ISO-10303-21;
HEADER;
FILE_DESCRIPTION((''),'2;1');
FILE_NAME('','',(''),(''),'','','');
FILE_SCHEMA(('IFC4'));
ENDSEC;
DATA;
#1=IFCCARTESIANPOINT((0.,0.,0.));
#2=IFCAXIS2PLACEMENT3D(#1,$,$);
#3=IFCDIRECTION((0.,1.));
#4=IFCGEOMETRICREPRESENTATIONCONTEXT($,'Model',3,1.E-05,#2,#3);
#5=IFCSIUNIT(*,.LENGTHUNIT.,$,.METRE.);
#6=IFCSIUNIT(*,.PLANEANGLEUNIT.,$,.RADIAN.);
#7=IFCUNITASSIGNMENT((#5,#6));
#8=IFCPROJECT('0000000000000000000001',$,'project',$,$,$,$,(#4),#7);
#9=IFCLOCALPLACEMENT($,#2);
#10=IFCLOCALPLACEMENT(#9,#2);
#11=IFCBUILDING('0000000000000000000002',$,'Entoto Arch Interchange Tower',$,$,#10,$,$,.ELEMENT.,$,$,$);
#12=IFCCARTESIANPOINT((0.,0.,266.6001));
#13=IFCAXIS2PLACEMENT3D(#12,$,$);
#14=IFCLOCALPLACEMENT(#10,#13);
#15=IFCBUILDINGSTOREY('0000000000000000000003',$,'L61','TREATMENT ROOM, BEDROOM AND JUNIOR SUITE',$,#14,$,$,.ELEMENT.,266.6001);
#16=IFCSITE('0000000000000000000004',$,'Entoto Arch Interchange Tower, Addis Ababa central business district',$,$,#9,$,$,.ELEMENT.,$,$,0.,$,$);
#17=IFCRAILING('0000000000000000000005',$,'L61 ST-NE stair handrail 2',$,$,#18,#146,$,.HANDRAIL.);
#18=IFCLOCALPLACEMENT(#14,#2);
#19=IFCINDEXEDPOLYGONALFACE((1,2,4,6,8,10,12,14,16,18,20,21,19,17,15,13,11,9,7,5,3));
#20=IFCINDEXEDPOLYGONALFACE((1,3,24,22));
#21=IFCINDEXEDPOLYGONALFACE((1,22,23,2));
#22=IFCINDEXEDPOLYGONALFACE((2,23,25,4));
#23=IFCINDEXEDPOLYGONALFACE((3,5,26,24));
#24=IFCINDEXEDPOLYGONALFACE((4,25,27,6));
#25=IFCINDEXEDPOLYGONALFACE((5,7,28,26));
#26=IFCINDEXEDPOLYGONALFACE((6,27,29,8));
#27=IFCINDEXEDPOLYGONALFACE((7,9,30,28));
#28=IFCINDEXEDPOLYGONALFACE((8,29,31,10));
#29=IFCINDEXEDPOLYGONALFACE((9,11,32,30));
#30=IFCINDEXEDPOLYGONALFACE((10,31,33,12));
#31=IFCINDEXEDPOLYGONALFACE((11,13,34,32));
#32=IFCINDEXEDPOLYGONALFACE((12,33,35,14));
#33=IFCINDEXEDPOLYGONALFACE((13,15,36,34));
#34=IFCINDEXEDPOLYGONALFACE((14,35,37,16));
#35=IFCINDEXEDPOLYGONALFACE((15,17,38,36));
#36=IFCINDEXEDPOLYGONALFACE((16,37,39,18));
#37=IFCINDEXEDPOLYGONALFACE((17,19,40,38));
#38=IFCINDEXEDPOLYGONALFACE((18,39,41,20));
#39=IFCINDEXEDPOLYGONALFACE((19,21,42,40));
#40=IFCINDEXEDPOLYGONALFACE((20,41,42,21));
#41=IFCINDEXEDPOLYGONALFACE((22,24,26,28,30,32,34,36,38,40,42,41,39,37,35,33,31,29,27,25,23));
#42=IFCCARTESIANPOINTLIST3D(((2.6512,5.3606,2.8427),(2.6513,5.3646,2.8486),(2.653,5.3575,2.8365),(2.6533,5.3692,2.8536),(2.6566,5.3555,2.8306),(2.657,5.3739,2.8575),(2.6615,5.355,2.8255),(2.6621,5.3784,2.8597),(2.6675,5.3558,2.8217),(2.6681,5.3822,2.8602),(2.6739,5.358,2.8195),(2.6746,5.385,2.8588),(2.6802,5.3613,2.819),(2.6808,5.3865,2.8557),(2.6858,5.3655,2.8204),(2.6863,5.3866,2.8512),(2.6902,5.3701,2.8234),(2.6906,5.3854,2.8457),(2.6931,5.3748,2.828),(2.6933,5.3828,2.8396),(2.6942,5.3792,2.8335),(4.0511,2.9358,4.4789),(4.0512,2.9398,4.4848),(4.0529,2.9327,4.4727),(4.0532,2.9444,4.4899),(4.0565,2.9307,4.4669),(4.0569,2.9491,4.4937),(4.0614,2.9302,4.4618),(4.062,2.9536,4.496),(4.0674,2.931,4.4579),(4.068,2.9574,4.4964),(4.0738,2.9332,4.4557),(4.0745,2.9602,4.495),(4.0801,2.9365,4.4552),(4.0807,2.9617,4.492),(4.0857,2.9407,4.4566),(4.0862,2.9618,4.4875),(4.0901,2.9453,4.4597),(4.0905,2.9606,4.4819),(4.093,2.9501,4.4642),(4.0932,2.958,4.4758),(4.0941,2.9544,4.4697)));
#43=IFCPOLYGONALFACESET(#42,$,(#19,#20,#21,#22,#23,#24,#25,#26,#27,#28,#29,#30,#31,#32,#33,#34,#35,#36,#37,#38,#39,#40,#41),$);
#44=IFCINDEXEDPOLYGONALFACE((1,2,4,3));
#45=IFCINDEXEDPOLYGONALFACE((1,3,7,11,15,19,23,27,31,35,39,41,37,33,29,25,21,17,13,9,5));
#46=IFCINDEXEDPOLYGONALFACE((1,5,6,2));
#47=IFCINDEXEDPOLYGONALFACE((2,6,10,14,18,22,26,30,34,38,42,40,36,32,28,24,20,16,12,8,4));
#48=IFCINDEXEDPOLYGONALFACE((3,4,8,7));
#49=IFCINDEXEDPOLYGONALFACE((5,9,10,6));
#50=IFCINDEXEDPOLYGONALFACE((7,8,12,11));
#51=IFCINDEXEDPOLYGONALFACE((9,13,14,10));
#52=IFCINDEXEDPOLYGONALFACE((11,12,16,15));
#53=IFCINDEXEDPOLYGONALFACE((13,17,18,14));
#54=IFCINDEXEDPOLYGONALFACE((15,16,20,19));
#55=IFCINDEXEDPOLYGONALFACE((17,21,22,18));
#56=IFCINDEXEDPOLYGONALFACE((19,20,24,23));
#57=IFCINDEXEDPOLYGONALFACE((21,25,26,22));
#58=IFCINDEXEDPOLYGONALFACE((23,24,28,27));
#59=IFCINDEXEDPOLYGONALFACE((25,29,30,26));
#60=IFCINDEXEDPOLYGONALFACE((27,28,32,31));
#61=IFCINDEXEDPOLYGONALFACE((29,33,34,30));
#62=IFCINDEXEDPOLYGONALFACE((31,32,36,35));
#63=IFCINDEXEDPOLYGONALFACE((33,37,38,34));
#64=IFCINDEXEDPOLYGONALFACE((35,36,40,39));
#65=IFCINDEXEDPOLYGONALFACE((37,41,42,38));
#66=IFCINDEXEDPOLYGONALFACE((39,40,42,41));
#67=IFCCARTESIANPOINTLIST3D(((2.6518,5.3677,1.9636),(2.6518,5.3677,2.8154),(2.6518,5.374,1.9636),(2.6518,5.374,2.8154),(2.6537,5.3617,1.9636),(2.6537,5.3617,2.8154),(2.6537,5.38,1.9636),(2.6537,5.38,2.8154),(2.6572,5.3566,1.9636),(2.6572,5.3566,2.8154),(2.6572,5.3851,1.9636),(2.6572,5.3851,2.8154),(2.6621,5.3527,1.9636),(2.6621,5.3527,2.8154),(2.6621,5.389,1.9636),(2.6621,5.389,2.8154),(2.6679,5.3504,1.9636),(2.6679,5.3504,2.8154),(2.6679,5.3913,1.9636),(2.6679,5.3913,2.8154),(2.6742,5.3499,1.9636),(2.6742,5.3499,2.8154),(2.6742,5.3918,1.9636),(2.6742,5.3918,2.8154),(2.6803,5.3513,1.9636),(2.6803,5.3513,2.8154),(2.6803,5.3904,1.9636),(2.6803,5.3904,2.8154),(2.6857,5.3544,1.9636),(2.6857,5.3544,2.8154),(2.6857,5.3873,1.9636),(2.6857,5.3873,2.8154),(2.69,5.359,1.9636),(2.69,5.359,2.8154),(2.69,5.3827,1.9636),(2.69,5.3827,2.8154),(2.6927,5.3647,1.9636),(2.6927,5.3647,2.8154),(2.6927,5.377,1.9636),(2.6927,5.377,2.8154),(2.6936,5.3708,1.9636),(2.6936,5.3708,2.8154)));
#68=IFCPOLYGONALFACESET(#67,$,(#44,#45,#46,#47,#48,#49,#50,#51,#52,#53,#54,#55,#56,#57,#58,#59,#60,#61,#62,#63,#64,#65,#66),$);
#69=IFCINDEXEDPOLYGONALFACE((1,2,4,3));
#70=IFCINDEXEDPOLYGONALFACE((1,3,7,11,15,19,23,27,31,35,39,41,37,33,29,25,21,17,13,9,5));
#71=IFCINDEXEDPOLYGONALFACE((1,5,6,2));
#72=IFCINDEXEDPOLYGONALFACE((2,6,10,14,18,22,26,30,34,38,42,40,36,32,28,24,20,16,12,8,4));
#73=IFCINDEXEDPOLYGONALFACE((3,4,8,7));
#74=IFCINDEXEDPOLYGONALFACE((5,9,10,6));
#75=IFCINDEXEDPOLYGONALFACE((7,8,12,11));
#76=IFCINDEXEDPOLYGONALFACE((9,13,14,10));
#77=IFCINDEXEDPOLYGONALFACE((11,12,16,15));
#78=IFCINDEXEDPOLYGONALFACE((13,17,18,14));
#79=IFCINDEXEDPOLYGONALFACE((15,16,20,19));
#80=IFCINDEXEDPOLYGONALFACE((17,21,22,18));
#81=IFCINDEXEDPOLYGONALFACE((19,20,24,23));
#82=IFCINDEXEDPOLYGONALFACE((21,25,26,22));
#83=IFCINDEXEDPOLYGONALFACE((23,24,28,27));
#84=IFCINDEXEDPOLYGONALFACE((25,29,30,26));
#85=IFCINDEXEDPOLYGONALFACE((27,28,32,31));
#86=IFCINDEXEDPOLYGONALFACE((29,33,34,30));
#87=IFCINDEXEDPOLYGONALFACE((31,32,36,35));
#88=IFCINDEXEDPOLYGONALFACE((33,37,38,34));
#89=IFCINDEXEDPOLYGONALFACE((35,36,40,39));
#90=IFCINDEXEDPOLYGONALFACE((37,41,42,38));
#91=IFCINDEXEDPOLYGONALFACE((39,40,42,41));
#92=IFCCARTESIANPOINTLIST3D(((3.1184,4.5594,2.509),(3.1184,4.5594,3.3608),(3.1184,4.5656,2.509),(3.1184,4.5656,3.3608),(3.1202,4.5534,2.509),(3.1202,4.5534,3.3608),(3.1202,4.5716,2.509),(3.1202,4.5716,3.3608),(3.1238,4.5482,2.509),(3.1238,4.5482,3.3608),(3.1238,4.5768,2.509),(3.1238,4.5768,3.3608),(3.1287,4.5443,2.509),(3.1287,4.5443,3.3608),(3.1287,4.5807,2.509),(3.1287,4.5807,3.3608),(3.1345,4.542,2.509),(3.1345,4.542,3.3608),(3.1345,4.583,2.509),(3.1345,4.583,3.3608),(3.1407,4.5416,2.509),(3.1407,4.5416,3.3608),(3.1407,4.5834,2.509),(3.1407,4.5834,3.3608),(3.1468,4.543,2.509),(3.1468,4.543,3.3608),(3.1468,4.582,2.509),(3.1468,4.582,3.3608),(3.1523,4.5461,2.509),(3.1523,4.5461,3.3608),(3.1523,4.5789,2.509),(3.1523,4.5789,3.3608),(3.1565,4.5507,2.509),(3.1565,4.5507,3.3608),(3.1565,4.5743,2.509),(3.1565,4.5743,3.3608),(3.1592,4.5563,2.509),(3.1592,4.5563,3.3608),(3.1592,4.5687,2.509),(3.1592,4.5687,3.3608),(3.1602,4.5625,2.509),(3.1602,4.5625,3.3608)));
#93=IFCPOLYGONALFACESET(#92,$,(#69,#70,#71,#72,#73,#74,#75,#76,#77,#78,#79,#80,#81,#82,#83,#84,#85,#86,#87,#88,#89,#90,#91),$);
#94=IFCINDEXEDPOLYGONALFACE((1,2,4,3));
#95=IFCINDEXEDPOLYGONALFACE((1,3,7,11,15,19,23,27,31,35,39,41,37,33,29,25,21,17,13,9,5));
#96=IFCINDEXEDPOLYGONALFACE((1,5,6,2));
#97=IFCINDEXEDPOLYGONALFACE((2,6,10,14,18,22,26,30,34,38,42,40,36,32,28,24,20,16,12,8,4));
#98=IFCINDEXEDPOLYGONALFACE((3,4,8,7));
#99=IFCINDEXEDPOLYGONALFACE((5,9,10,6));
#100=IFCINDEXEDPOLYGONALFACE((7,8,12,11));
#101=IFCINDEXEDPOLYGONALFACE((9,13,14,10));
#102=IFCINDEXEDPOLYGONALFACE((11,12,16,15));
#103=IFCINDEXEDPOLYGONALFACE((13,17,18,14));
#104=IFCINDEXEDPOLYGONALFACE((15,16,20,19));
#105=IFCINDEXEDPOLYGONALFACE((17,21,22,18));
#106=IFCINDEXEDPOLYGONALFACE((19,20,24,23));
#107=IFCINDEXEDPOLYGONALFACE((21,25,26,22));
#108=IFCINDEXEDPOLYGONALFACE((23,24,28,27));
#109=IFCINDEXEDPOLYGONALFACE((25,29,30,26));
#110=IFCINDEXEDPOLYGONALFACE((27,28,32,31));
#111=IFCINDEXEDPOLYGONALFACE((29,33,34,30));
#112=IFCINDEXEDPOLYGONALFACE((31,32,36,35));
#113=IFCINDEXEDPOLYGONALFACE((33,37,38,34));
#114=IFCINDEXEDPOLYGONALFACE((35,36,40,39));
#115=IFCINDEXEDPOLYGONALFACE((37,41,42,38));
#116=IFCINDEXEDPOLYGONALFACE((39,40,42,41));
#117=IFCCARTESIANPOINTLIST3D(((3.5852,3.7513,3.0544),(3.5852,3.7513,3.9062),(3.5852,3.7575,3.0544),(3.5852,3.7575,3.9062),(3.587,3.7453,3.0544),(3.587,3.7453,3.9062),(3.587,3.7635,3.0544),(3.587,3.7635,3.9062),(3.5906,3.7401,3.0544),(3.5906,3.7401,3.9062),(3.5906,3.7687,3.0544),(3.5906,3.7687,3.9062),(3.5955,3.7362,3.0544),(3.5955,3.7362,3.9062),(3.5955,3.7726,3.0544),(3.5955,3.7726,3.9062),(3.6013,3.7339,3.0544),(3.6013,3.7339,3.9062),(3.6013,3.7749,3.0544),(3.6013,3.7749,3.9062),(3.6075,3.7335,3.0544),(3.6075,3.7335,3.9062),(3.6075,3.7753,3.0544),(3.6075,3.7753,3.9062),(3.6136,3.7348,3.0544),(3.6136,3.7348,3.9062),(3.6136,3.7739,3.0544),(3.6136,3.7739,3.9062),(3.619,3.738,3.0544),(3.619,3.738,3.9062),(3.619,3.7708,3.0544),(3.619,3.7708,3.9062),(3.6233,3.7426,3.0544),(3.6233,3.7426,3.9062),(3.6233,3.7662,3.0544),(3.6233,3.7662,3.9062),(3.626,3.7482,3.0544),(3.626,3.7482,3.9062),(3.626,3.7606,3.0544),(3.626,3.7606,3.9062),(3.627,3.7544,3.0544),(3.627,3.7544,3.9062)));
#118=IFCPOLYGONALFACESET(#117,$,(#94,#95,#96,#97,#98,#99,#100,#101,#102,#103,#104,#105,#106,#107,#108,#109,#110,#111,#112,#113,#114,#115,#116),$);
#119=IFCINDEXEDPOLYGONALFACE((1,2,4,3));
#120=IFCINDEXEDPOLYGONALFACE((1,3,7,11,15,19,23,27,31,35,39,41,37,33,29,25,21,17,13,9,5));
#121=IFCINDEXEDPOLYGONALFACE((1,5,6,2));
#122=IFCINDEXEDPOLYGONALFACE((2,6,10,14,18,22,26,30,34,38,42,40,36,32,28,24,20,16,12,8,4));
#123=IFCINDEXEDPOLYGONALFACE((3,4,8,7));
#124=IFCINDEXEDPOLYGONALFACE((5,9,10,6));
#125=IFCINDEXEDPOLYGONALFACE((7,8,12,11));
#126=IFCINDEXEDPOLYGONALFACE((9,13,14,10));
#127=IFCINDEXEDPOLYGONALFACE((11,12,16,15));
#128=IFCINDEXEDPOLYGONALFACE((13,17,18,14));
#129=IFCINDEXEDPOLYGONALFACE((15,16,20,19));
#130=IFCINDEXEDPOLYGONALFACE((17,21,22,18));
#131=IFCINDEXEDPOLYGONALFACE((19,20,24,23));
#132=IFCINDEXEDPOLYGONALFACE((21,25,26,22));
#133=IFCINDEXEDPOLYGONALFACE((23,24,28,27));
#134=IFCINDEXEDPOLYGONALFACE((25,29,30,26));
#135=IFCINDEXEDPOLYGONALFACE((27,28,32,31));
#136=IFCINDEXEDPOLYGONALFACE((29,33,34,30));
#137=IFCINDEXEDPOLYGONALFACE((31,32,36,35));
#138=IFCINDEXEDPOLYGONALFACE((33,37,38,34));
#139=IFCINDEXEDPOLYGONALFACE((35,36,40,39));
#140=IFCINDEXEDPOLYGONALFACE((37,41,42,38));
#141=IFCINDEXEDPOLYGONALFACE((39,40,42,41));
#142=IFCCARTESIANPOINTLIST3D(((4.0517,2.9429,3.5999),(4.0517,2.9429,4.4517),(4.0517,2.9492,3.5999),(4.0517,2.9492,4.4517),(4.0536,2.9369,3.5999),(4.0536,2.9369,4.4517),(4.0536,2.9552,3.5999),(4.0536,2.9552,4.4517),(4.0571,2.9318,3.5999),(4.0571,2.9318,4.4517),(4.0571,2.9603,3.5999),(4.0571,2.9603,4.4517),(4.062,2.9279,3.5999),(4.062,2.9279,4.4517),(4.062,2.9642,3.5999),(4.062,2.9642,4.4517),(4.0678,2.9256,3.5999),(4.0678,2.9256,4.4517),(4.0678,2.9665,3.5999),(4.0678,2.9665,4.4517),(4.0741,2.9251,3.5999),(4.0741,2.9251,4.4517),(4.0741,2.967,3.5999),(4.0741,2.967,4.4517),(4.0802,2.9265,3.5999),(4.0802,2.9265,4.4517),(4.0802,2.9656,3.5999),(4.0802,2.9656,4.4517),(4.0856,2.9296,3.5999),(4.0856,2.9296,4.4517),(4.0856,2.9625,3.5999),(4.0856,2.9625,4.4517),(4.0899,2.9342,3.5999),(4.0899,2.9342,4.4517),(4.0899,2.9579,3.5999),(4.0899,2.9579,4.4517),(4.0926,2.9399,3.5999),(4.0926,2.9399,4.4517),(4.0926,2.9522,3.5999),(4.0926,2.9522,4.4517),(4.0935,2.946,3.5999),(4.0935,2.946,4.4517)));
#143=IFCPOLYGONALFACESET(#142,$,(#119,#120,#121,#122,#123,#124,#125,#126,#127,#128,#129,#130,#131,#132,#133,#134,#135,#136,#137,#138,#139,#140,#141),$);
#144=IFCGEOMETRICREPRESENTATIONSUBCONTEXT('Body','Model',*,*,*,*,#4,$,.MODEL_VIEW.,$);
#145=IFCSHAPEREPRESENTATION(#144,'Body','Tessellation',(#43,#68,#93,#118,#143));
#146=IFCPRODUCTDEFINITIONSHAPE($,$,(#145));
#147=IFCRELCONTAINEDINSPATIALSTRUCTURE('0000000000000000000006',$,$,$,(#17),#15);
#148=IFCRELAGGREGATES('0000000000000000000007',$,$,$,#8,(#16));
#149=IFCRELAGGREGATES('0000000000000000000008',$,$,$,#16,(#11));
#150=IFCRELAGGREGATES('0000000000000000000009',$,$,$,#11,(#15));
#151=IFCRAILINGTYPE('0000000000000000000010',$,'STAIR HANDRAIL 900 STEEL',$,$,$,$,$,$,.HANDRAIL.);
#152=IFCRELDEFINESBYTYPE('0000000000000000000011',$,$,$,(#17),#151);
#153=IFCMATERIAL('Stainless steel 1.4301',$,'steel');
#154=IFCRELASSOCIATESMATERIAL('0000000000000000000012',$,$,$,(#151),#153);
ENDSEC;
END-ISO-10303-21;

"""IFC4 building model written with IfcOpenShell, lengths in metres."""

from ifc_helpers import new_model, si_unit, direction, frame, origin, origin_2d, place, context, subcontext, project, spatial, circle, extrude, material, type_object, element, save


model = new_model("IFC4")

# Units and contexts
model_context = context("Model", 3, precision=1e-05, world=origin(), true_north=direction((0.0, 1.0)))
body_context = subcontext(model_context, "Body", "Model", "MODEL_VIEW")
ifc_project = project(units=[si_unit("LENGTHUNIT", "METRE"), si_unit("PLANEANGLEUNIT", "RADIAN")], contexts=[model_context])

# Site, building, storey
site_placement = place(None, origin())
site = spatial("IfcSite", under=ifc_project, at=site_placement, Name="Entoto Arch Interchange Tower, Addis Ababa central business district", CompositionType="ELEMENT", RefElevation=0.0)
building_placement = place(site_placement, origin())
building = spatial("IfcBuilding", under=site, at=building_placement, Name="Entoto Arch Interchange Tower", CompositionType="ELEMENT")
storey_placement = place(building_placement, frame((0.0, 0.0, 266.6001)))
storey = spatial("IfcBuildingStorey", under=building, at=storey_placement, Name="L61", Description="TREATMENT ROOM, BEDROOM AND JUNIOR SUITE", CompositionType="ELEMENT", Elevation=266.6001)

# Railing
ifc_material_1 = material(Name="Stainless steel 1.4301", Category="steel")
railing_type_1 = type_object("IfcRailingType", Name="STAIR HANDRAIL 900 STEEL", PredefinedType="HANDRAIL", material=ifc_material_1)
railing_1_placement = place(storey_placement, frame((2.6726, 5.3708, 1.9636)))
element("IfcRailing", 1, at=railing_1_placement, inside=storey, type_object=railing_type_1, Name="L61 ST-NE stair handrail 2", PredefinedType="HANDRAIL", context=body_context, shape_type="SweptSolid", body=[
    extrude(circle(Radius=0.0239, at=origin_2d()), frame((0.0, 0.0, 0.876), z_axis=(0.431677, -0.747718, 0.504552), x_axis=(0.866035, 0.499984, 0.0)), (0.0, 0.0, 1.0), 3.2429),
    extrude(circle(Radius=0.021, at=origin_2d()), origin(), (0.0, 0.0, 1.0), 0.8518),
    extrude(circle(Radius=0.021, at=origin_2d()), frame((0.4666, -0.8083, 0.5454)), (0.0, 0.0, 1.0), 0.8518),
    extrude(circle(Radius=0.021, at=origin_2d()), frame((0.9333, -1.6165, 1.0908)), (0.0, 0.0, 1.0), 0.8518),
    extrude(circle(Radius=0.021, at=origin_2d()), frame((1.3999, -2.4248, 1.6362)), (0.0, 0.0, 1.0), 0.8518),
])

save(model, "model.ifc")
